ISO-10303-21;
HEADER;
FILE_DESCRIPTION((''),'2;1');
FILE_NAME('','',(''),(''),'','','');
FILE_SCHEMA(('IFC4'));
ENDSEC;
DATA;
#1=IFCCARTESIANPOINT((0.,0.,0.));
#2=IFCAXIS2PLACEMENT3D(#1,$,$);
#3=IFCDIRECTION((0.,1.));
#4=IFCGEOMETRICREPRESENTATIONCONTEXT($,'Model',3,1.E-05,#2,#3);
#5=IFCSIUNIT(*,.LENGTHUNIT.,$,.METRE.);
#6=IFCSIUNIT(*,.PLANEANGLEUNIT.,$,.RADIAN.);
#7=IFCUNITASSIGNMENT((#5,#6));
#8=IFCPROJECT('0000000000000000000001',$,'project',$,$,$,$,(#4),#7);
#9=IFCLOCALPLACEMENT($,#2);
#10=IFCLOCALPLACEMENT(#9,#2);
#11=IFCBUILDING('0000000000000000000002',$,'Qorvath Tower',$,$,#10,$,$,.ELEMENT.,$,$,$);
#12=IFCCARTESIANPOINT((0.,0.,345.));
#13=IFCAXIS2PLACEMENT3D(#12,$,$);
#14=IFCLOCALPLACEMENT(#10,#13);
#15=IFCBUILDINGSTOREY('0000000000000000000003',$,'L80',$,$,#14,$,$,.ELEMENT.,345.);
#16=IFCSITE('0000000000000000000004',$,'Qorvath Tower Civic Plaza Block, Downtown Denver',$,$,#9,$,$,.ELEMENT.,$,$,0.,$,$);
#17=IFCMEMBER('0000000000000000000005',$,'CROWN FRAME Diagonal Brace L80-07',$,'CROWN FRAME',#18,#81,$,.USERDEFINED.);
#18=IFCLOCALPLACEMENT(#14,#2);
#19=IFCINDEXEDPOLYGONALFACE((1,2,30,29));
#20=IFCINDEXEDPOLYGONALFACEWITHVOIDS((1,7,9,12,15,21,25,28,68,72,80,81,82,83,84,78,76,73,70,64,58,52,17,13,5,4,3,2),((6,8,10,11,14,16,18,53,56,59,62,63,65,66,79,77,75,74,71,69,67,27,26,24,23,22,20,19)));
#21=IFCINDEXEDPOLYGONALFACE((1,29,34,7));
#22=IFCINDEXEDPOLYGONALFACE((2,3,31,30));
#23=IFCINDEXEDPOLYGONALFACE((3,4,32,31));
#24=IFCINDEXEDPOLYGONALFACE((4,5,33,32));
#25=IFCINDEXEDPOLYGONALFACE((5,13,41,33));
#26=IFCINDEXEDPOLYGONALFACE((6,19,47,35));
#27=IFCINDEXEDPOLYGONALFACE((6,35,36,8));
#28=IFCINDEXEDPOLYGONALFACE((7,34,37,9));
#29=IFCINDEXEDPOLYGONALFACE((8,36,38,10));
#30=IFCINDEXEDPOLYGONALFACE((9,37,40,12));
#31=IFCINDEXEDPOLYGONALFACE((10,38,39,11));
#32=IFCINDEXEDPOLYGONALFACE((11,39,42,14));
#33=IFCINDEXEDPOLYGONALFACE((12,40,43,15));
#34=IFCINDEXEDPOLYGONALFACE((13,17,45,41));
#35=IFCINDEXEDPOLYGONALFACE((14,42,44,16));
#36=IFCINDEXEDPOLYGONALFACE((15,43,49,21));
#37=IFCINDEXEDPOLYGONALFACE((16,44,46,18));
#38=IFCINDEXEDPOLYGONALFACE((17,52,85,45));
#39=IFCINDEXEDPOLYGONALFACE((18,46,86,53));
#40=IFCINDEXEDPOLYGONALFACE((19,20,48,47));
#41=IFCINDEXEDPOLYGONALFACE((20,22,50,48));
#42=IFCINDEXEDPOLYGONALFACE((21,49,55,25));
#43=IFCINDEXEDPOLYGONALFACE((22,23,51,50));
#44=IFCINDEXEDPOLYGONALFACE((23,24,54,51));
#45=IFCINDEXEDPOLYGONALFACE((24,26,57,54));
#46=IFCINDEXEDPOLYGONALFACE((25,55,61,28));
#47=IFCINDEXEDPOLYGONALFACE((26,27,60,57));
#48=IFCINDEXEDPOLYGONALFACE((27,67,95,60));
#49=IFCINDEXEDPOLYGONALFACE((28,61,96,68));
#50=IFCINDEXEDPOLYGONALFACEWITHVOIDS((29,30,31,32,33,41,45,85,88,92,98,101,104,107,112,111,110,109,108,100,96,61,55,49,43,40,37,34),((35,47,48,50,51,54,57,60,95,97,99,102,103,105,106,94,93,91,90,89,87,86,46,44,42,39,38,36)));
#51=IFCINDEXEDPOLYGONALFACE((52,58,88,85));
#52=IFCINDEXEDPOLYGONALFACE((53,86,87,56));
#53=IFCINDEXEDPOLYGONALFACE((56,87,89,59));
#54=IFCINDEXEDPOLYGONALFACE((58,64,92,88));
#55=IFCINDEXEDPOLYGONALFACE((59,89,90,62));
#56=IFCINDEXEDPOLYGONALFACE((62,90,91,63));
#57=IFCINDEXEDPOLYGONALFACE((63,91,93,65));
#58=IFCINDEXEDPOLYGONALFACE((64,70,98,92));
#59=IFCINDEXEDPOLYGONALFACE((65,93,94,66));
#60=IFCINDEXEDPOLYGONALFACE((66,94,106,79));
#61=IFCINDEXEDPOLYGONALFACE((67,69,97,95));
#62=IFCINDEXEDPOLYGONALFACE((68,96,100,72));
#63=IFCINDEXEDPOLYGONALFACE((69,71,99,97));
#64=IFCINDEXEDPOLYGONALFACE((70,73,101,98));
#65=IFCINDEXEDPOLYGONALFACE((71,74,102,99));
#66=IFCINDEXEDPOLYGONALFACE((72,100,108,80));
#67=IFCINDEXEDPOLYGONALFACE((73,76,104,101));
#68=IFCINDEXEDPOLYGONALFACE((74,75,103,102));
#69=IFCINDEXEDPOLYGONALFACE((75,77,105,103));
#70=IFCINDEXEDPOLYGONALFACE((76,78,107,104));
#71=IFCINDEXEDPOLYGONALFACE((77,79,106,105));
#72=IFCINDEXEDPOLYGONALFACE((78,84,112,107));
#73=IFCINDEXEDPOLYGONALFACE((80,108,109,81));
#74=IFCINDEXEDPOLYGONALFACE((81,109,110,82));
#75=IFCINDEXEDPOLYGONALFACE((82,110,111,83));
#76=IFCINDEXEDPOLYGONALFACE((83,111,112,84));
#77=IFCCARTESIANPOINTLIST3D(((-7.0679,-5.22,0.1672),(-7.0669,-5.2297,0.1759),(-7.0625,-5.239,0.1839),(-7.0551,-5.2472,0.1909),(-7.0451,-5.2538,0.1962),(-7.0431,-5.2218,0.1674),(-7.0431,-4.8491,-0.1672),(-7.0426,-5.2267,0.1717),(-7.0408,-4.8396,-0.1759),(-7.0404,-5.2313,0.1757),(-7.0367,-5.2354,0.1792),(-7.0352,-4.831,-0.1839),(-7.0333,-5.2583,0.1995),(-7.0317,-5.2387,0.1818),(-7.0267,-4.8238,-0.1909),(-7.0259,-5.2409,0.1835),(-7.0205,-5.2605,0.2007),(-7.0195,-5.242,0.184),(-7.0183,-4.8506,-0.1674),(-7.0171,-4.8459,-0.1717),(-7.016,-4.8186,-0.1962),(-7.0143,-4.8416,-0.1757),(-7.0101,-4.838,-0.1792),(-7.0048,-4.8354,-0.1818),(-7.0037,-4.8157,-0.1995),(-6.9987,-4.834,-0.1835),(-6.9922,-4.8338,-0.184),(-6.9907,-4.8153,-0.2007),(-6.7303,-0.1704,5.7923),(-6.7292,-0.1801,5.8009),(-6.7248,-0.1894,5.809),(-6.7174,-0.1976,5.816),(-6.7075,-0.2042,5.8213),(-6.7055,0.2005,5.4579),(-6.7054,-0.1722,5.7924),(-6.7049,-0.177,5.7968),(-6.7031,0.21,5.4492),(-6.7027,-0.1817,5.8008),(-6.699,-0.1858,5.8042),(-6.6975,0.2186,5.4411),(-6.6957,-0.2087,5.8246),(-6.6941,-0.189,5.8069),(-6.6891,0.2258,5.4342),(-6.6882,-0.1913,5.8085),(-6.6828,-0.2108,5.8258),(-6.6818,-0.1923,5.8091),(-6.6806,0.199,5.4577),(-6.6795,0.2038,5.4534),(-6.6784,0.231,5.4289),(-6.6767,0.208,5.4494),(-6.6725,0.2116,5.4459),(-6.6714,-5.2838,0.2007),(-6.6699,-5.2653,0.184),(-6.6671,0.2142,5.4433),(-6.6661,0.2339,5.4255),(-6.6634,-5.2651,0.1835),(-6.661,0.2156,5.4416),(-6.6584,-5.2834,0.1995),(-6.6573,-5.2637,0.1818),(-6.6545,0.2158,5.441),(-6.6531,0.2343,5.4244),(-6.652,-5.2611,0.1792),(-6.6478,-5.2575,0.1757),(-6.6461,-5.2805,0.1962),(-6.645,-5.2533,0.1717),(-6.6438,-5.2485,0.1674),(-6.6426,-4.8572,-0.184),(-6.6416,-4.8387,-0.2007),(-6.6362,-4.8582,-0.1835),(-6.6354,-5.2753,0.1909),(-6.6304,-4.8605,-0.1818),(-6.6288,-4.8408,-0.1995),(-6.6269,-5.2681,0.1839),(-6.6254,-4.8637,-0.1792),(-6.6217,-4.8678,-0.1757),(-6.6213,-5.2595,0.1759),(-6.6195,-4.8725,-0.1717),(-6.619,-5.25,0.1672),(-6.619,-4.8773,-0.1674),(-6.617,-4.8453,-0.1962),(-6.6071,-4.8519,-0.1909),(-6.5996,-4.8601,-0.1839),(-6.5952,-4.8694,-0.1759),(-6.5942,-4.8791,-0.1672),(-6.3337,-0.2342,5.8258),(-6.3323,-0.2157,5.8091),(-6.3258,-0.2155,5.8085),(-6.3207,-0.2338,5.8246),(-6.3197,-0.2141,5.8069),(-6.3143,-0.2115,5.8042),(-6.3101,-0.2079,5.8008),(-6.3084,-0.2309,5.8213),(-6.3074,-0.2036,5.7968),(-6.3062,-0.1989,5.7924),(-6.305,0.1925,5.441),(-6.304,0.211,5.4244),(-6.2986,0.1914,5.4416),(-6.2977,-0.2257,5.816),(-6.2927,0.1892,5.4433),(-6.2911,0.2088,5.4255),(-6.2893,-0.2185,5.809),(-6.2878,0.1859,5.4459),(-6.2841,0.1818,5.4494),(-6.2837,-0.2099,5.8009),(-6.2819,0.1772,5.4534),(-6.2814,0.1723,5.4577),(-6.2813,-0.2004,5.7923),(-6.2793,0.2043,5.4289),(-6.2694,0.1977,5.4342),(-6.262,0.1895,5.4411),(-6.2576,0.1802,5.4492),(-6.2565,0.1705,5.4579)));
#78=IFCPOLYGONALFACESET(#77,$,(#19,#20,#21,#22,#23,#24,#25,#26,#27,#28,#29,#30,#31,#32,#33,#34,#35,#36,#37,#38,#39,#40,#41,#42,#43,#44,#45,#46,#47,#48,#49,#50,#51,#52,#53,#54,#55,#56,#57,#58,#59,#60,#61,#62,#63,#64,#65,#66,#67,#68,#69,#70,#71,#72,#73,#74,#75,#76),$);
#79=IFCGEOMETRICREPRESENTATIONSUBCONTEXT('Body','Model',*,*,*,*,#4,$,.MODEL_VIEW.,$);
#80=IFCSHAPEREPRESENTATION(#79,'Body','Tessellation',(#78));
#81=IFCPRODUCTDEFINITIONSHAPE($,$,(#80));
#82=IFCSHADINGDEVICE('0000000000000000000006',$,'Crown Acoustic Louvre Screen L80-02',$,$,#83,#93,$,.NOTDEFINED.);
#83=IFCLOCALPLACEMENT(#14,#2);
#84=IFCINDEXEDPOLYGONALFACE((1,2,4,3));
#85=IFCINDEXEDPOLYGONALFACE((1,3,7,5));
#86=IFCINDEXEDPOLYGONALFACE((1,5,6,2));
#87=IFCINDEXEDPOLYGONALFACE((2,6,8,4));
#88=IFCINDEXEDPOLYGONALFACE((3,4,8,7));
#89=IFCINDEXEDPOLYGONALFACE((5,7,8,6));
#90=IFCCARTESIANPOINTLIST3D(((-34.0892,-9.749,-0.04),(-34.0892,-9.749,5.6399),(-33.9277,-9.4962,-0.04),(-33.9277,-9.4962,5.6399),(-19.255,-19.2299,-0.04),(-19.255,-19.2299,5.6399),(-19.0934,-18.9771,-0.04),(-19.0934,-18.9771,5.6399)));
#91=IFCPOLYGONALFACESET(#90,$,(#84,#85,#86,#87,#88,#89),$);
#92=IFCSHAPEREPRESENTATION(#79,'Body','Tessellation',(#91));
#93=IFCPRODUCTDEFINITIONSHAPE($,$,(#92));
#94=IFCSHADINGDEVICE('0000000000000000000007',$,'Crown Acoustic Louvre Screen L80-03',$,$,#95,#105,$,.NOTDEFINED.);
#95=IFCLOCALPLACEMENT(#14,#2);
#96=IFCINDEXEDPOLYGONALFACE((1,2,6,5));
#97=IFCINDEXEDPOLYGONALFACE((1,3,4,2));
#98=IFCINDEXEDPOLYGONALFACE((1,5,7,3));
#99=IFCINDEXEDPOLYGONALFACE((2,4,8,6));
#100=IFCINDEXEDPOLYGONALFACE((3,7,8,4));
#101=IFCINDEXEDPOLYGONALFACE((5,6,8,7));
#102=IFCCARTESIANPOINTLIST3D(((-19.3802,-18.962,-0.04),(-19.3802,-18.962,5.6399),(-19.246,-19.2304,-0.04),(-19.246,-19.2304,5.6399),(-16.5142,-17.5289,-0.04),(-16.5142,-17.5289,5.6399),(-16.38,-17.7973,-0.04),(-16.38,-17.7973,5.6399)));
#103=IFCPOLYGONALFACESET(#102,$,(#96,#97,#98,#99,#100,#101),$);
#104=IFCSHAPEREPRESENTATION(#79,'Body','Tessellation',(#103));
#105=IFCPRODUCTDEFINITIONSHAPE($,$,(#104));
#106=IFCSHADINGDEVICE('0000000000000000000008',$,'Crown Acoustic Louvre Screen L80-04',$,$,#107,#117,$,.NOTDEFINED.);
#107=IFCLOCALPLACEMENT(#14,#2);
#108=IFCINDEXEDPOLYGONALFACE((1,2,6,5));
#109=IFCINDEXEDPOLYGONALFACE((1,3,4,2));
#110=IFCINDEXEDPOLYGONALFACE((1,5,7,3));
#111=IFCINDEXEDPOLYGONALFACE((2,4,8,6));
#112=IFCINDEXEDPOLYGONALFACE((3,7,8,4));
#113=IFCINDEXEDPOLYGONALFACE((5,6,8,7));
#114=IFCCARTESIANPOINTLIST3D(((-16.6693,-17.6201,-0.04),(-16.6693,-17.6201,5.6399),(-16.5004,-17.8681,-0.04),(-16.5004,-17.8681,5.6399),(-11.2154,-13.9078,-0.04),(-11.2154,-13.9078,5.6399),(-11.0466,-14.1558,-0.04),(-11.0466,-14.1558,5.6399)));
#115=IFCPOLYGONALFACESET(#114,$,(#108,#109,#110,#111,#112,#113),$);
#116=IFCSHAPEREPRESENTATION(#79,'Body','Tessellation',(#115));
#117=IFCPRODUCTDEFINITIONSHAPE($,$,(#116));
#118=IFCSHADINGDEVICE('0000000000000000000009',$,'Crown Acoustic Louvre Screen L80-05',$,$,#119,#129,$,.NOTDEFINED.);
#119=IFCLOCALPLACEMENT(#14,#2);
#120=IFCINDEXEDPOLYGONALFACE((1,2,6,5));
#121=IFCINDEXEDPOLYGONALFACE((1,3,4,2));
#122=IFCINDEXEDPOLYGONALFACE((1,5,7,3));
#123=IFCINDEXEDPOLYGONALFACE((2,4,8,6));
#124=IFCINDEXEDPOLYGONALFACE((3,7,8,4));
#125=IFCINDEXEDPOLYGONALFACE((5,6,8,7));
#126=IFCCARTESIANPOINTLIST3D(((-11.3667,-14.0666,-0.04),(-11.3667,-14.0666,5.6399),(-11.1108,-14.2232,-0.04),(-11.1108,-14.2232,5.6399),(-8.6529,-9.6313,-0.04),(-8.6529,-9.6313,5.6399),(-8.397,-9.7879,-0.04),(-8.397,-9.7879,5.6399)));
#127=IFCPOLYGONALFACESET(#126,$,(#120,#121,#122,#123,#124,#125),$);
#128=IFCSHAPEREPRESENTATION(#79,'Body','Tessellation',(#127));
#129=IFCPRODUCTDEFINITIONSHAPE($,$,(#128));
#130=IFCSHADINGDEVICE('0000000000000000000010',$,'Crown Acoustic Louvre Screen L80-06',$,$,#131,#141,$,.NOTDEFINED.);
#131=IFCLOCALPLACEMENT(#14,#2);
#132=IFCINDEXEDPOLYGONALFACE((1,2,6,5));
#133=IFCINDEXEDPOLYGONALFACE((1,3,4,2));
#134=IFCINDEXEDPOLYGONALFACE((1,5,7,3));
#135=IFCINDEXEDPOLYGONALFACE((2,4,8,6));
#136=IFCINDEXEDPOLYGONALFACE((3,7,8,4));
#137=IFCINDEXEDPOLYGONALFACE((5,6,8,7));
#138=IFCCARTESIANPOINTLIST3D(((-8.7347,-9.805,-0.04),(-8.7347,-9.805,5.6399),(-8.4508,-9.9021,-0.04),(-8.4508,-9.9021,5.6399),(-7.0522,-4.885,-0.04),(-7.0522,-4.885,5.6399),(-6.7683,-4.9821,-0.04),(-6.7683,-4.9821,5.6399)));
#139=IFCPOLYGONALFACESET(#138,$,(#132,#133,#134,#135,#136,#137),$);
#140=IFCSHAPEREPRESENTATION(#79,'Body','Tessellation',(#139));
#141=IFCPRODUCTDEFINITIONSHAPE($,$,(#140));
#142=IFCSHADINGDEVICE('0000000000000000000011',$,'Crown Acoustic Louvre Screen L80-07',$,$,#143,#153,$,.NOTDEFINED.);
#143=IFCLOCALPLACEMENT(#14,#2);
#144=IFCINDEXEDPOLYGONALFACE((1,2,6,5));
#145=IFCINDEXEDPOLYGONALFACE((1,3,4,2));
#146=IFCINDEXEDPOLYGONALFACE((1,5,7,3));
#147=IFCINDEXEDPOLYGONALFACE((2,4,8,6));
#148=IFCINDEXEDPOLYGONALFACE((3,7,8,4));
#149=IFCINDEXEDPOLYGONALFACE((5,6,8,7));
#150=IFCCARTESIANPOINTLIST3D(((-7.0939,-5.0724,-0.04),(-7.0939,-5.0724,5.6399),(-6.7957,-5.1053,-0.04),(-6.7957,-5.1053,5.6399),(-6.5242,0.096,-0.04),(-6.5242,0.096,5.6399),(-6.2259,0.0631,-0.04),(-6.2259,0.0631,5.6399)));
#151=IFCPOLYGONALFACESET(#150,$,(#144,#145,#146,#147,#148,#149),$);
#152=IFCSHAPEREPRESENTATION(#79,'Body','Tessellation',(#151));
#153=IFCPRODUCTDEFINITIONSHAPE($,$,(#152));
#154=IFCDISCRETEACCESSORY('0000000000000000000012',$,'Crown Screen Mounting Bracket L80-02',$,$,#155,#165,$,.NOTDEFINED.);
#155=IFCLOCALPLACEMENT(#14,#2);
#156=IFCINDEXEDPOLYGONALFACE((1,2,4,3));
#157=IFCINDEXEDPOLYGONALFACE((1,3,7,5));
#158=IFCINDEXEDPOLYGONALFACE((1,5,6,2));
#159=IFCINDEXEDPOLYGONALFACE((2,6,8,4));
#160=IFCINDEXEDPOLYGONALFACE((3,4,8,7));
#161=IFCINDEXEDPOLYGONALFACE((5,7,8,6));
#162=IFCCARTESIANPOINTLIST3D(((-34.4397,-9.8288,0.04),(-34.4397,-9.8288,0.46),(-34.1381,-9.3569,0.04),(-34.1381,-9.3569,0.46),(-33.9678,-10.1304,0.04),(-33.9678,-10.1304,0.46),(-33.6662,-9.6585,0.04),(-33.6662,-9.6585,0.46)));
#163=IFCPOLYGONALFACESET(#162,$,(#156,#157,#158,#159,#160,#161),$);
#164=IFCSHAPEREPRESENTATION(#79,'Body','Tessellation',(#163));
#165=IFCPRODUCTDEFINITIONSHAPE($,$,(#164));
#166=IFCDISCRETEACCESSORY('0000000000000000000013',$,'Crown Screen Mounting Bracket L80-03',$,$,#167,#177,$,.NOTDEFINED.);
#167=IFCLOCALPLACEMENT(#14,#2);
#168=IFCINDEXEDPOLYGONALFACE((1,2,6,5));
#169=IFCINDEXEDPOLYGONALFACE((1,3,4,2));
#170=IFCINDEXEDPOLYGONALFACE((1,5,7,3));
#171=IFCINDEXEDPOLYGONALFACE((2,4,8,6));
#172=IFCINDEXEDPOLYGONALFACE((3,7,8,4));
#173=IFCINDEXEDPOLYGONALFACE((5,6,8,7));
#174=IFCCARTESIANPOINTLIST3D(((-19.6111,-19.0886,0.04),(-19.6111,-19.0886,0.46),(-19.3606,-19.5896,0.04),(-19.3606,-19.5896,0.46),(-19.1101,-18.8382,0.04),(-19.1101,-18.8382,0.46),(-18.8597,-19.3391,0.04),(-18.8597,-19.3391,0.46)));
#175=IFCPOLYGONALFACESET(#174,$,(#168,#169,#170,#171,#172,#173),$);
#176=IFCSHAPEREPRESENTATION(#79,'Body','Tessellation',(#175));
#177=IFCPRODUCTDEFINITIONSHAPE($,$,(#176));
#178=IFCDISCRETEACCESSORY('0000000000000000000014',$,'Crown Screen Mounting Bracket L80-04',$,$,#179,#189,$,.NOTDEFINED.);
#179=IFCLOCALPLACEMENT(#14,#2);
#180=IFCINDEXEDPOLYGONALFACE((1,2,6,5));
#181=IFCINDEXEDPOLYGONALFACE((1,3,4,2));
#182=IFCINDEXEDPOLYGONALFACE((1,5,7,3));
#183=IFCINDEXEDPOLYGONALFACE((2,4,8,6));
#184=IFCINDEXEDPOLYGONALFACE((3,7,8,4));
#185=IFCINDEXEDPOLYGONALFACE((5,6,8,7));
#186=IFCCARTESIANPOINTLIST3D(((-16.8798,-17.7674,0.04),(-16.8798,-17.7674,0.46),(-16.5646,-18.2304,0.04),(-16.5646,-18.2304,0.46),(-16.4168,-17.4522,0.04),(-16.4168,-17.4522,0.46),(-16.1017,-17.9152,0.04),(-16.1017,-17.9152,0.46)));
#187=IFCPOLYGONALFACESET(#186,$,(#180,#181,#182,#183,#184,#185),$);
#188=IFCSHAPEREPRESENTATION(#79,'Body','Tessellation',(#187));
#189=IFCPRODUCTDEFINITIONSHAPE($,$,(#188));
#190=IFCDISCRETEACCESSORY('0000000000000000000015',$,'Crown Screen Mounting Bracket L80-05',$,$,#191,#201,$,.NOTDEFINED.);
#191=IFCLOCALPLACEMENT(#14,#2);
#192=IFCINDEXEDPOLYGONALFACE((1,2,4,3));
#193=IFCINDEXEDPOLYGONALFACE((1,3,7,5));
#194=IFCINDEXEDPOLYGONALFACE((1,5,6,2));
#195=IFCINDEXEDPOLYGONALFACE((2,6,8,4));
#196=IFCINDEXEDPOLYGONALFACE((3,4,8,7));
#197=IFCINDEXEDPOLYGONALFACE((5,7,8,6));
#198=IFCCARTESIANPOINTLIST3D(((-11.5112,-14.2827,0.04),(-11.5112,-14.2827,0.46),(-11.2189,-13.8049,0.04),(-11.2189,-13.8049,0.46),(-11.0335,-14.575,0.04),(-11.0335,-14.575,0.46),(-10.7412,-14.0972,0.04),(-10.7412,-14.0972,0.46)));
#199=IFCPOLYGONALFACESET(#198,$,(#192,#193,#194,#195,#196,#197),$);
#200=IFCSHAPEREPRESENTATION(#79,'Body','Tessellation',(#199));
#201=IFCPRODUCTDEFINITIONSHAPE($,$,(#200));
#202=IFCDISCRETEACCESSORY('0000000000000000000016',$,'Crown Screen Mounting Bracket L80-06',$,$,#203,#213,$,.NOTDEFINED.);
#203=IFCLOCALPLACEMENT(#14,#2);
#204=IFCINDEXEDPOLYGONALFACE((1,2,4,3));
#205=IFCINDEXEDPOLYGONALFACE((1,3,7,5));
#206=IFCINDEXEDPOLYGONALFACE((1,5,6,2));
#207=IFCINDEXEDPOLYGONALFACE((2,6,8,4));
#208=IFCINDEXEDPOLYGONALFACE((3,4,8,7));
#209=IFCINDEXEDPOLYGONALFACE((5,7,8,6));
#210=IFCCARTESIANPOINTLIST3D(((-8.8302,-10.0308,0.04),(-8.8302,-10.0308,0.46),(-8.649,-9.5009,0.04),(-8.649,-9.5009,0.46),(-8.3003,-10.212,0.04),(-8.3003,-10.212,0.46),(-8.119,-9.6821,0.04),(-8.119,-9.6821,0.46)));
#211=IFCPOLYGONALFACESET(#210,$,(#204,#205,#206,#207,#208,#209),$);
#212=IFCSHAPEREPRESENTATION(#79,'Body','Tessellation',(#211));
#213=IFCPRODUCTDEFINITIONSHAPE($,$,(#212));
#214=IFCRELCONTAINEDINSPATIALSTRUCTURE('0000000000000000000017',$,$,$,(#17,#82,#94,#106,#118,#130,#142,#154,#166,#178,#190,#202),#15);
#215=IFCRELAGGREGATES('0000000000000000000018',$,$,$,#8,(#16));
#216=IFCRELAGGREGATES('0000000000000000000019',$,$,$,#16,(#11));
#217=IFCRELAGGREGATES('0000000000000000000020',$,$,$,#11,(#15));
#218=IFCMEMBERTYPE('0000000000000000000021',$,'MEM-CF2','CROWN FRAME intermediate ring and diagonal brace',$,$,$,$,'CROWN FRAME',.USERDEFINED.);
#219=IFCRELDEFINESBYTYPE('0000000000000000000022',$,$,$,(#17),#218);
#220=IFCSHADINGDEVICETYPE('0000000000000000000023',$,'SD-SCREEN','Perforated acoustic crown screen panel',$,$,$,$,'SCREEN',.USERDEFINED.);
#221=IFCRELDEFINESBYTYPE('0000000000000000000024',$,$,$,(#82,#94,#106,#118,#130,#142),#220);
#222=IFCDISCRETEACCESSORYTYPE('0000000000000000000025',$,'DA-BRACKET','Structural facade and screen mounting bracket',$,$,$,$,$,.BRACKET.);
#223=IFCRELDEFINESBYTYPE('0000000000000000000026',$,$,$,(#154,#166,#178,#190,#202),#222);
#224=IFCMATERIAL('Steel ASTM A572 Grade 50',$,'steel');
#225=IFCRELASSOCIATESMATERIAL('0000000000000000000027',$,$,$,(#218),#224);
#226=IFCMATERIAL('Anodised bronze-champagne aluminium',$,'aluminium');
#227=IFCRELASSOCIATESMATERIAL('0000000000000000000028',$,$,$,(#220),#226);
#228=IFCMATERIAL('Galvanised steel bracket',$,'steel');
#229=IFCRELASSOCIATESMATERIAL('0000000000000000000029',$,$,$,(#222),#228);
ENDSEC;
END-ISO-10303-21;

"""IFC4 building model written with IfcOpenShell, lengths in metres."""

from ifc_helpers import new_model, si_unit, direction, frame, origin, origin_2d, place, context, subcontext, project, spatial, rectangle, hollow_rectangle, extrude, material, material_profile, profile_set, type_object, element, save


model = new_model("IFC4")

# Units and contexts
model_context = context("Model", 3, precision=1e-05, world=origin(), true_north=direction((0.0, 1.0)))
body_context = subcontext(model_context, "Body", "Model", "MODEL_VIEW")
ifc_project = project(units=[si_unit("LENGTHUNIT", "METRE"), si_unit("PLANEANGLEUNIT", "RADIAN")], contexts=[model_context])

# Site, building, storey
site_placement = place(None, origin())
site = spatial("IfcSite", under=ifc_project, at=site_placement, Name="Qorvath Tower Civic Plaza Block, Downtown Denver", CompositionType="ELEMENT", RefElevation=0.0)
building_placement = place(site_placement, origin())
building = spatial("IfcBuilding", under=site, at=building_placement, Name="Qorvath Tower", CompositionType="ELEMENT")
storey_placement = place(building_placement, frame((0.0, 0.0, 345.0)))
storey = spatial("IfcBuildingStorey", under=building, at=storey_placement, Name="L80", CompositionType="ELEMENT", Elevation=345.0)

# Member
ifc_material_1 = material(Name="Steel ASTM A572 Grade 50", Category="steel")
ifc_material_profile_1 = material_profile(ifc_material_1, hollow_rectangle(XDim=0.45, YDim=0.6001, WallThickness=0.0249, InnerFilletRadius=0.0249, OuterFilletRadius=0.05, at=origin_2d()), Name="CROWN BOX 600x450x25")
ifc_profile_set_1 = profile_set([ifc_material_profile_1], Name="Steel ASTM A572 Grade 50")
member_type_1 = type_object("IfcMemberType", Name="MEM-CF2", Description="CROWN FRAME intermediate ring and diagonal brace", ElementType="CROWN FRAME", PredefinedType="USERDEFINED", material=ifc_profile_set_1)
member_1_placement = place(storey_placement, frame((-6.8311, -5.0496, 0.0), z_axis=(0.044624, 0.667353, 0.743403), x_axis=(-0.997772, 0.066718, 0.0)))
element("IfcMember", 1, at=member_1_placement, inside=storey, type_object=member_type_1, Name="CROWN FRAME Diagonal Brace L80-07", ObjectType="CROWN FRAME", PredefinedType="USERDEFINED", context=body_context, shape_type="SweptSolid", body=[
    extrude(hollow_rectangle(XDim=0.45, YDim=0.6001, WallThickness=0.0249, InnerFilletRadius=0.0249, OuterFilletRadius=0.05, at=origin_2d()), origin(), (0.0, 0.0, 1.0), 7.5667),
])

# Shading devices
ifc_material_2 = material(Name="Anodised bronze-champagne aluminium", Category="aluminium")
shading_device_type = type_object("IfcShadingDeviceType", Name="SD-SCREEN", Description="Perforated acoustic crown screen panel", ElementType="SCREEN", PredefinedType="USERDEFINED", material=ifc_material_2)
shading_device_1_placement = place(storey_placement, frame((-26.5913, -14.363, -0.04), z_axis=(0.0, 0.0, 1.0), x_axis=(0.842608, -0.538528, 0.0)))
element("IfcShadingDevice", 2, at=shading_device_1_placement, inside=storey, type_object=shading_device_type, Name="Crown Acoustic Louvre Screen L80-02", PredefinedType="NOTDEFINED", context=body_context, shape_type="SweptSolid", body=[
    extrude(rectangle(XDim=17.6052, YDim=0.3, at=origin_2d()), origin(), (0.0, 0.0, 1.0), 5.6799),
])
shading_device_2_placement = place(storey_placement, frame((-17.8801, -18.3796, -0.04), z_axis=(0.0, 0.0, 1.0), x_axis=(0.894421, 0.447227, 0.0)))
element("IfcShadingDevice", 3, at=shading_device_2_placement, inside=storey, type_object=shading_device_type, Name="Crown Acoustic Louvre Screen L80-03", PredefinedType="NOTDEFINED", context=body_context, shape_type="SweptSolid", body=[
    extrude(rectangle(XDim=3.2043, YDim=0.3, at=origin_2d()), origin(), (0.0, 0.0, 1.0), 5.6799),
])
shading_device_3_placement = place(storey_placement, frame((-13.8579, -15.8879, -0.04), z_axis=(0.0, 0.0, 1.0), x_axis=(0.826666, 0.562692, 0.0)))
element("IfcShadingDevice", 4, at=shading_device_3_placement, inside=storey, type_object=shading_device_type, Name="Crown Acoustic Louvre Screen L80-04", PredefinedType="NOTDEFINED", context=body_context, shape_type="SweptSolid", body=[
    extrude(rectangle(XDim=6.5974, YDim=0.3, at=origin_2d()), origin(), (0.0, 0.0, 1.0), 5.6799),
])
for number, where, z_axis, x_axis, name in (
    (5, (-9.8818, -11.9272, -0.04), (0.0, 0.0, 1.0), (0.521909, 0.853001, 0.0), "Crown Acoustic Louvre Screen L80-05"),
    (6, (-7.7515, -7.3936, -0.04), (0.0, 0.0, 1.0), (0.323577, 0.946202, 0.0), "Crown Acoustic Louvre Screen L80-06"),
    (7, (-6.6599, -2.5046, -0.04), (0.0, 0.0, 1.0), (0.10957, 0.993979, 0.0), "Crown Acoustic Louvre Screen L80-07"),
):
    element("IfcShadingDevice", number, at=place(storey_placement, frame(where, z_axis=z_axis, x_axis=x_axis)), inside=storey, type_object=shading_device_type, Name=name, PredefinedType="NOTDEFINED", context=body_context, shape_type="SweptSolid", body=[
        extrude(rectangle(XDim=5.1997, YDim=0.3, at=origin_2d()), origin(), (0.0, 0.0, 1.0), 5.6799),
    ])

# Discrete accessories
ifc_material_3 = material(Name="Galvanised steel bracket", Category="steel")
discrete_accessory_type = type_object("IfcDiscreteAccessoryType", Name="DA-BRACKET", Description="Structural facade and screen mounting bracket", PredefinedType="BRACKET", material=ifc_material_3)
for number, where, z_axis, x_axis, name in (
    (8, (-34.053, -9.7437, 0.04), (0.0, 0.0, 1.0), (0.842608, -0.538528, 0.0), "Crown Screen Mounting Bracket L80-02"),
    (9, (-19.2354, -19.2139, 0.04), (0.0, 0.0, 1.0), (0.894421, 0.447227, 0.0), "Crown Screen Mounting Bracket L80-03"),
    (10, (-16.4907, -17.8413, 0.04), (0.0, 0.0, 1.0), (0.826666, 0.562692, 0.0), "Crown Screen Mounting Bracket L80-04"),
    (11, (-11.1262, -14.1899, 0.04), (0.0, 0.0, 1.0), (0.521909, 0.853001, 0.0), "Crown Screen Mounting Bracket L80-05"),
    (12, (-8.4746, -9.8564, 0.04), (0.0, 0.0, 1.0), (0.323577, 0.946202, 0.0), "Crown Screen Mounting Bracket L80-06"),
):
    element("IfcDiscreteAccessory", number, at=place(storey_placement, frame(where, z_axis=z_axis, x_axis=x_axis)), inside=storey, type_object=discrete_accessory_type, Name=name, PredefinedType="NOTDEFINED", context=body_context, shape_type="SweptSolid", body=[
        extrude(rectangle(XDim=0.5601, YDim=0.5601, at=origin_2d()), origin(), (0.0, 0.0, 1.0), 0.4199),
    ])

save(model, "model.ifc")
